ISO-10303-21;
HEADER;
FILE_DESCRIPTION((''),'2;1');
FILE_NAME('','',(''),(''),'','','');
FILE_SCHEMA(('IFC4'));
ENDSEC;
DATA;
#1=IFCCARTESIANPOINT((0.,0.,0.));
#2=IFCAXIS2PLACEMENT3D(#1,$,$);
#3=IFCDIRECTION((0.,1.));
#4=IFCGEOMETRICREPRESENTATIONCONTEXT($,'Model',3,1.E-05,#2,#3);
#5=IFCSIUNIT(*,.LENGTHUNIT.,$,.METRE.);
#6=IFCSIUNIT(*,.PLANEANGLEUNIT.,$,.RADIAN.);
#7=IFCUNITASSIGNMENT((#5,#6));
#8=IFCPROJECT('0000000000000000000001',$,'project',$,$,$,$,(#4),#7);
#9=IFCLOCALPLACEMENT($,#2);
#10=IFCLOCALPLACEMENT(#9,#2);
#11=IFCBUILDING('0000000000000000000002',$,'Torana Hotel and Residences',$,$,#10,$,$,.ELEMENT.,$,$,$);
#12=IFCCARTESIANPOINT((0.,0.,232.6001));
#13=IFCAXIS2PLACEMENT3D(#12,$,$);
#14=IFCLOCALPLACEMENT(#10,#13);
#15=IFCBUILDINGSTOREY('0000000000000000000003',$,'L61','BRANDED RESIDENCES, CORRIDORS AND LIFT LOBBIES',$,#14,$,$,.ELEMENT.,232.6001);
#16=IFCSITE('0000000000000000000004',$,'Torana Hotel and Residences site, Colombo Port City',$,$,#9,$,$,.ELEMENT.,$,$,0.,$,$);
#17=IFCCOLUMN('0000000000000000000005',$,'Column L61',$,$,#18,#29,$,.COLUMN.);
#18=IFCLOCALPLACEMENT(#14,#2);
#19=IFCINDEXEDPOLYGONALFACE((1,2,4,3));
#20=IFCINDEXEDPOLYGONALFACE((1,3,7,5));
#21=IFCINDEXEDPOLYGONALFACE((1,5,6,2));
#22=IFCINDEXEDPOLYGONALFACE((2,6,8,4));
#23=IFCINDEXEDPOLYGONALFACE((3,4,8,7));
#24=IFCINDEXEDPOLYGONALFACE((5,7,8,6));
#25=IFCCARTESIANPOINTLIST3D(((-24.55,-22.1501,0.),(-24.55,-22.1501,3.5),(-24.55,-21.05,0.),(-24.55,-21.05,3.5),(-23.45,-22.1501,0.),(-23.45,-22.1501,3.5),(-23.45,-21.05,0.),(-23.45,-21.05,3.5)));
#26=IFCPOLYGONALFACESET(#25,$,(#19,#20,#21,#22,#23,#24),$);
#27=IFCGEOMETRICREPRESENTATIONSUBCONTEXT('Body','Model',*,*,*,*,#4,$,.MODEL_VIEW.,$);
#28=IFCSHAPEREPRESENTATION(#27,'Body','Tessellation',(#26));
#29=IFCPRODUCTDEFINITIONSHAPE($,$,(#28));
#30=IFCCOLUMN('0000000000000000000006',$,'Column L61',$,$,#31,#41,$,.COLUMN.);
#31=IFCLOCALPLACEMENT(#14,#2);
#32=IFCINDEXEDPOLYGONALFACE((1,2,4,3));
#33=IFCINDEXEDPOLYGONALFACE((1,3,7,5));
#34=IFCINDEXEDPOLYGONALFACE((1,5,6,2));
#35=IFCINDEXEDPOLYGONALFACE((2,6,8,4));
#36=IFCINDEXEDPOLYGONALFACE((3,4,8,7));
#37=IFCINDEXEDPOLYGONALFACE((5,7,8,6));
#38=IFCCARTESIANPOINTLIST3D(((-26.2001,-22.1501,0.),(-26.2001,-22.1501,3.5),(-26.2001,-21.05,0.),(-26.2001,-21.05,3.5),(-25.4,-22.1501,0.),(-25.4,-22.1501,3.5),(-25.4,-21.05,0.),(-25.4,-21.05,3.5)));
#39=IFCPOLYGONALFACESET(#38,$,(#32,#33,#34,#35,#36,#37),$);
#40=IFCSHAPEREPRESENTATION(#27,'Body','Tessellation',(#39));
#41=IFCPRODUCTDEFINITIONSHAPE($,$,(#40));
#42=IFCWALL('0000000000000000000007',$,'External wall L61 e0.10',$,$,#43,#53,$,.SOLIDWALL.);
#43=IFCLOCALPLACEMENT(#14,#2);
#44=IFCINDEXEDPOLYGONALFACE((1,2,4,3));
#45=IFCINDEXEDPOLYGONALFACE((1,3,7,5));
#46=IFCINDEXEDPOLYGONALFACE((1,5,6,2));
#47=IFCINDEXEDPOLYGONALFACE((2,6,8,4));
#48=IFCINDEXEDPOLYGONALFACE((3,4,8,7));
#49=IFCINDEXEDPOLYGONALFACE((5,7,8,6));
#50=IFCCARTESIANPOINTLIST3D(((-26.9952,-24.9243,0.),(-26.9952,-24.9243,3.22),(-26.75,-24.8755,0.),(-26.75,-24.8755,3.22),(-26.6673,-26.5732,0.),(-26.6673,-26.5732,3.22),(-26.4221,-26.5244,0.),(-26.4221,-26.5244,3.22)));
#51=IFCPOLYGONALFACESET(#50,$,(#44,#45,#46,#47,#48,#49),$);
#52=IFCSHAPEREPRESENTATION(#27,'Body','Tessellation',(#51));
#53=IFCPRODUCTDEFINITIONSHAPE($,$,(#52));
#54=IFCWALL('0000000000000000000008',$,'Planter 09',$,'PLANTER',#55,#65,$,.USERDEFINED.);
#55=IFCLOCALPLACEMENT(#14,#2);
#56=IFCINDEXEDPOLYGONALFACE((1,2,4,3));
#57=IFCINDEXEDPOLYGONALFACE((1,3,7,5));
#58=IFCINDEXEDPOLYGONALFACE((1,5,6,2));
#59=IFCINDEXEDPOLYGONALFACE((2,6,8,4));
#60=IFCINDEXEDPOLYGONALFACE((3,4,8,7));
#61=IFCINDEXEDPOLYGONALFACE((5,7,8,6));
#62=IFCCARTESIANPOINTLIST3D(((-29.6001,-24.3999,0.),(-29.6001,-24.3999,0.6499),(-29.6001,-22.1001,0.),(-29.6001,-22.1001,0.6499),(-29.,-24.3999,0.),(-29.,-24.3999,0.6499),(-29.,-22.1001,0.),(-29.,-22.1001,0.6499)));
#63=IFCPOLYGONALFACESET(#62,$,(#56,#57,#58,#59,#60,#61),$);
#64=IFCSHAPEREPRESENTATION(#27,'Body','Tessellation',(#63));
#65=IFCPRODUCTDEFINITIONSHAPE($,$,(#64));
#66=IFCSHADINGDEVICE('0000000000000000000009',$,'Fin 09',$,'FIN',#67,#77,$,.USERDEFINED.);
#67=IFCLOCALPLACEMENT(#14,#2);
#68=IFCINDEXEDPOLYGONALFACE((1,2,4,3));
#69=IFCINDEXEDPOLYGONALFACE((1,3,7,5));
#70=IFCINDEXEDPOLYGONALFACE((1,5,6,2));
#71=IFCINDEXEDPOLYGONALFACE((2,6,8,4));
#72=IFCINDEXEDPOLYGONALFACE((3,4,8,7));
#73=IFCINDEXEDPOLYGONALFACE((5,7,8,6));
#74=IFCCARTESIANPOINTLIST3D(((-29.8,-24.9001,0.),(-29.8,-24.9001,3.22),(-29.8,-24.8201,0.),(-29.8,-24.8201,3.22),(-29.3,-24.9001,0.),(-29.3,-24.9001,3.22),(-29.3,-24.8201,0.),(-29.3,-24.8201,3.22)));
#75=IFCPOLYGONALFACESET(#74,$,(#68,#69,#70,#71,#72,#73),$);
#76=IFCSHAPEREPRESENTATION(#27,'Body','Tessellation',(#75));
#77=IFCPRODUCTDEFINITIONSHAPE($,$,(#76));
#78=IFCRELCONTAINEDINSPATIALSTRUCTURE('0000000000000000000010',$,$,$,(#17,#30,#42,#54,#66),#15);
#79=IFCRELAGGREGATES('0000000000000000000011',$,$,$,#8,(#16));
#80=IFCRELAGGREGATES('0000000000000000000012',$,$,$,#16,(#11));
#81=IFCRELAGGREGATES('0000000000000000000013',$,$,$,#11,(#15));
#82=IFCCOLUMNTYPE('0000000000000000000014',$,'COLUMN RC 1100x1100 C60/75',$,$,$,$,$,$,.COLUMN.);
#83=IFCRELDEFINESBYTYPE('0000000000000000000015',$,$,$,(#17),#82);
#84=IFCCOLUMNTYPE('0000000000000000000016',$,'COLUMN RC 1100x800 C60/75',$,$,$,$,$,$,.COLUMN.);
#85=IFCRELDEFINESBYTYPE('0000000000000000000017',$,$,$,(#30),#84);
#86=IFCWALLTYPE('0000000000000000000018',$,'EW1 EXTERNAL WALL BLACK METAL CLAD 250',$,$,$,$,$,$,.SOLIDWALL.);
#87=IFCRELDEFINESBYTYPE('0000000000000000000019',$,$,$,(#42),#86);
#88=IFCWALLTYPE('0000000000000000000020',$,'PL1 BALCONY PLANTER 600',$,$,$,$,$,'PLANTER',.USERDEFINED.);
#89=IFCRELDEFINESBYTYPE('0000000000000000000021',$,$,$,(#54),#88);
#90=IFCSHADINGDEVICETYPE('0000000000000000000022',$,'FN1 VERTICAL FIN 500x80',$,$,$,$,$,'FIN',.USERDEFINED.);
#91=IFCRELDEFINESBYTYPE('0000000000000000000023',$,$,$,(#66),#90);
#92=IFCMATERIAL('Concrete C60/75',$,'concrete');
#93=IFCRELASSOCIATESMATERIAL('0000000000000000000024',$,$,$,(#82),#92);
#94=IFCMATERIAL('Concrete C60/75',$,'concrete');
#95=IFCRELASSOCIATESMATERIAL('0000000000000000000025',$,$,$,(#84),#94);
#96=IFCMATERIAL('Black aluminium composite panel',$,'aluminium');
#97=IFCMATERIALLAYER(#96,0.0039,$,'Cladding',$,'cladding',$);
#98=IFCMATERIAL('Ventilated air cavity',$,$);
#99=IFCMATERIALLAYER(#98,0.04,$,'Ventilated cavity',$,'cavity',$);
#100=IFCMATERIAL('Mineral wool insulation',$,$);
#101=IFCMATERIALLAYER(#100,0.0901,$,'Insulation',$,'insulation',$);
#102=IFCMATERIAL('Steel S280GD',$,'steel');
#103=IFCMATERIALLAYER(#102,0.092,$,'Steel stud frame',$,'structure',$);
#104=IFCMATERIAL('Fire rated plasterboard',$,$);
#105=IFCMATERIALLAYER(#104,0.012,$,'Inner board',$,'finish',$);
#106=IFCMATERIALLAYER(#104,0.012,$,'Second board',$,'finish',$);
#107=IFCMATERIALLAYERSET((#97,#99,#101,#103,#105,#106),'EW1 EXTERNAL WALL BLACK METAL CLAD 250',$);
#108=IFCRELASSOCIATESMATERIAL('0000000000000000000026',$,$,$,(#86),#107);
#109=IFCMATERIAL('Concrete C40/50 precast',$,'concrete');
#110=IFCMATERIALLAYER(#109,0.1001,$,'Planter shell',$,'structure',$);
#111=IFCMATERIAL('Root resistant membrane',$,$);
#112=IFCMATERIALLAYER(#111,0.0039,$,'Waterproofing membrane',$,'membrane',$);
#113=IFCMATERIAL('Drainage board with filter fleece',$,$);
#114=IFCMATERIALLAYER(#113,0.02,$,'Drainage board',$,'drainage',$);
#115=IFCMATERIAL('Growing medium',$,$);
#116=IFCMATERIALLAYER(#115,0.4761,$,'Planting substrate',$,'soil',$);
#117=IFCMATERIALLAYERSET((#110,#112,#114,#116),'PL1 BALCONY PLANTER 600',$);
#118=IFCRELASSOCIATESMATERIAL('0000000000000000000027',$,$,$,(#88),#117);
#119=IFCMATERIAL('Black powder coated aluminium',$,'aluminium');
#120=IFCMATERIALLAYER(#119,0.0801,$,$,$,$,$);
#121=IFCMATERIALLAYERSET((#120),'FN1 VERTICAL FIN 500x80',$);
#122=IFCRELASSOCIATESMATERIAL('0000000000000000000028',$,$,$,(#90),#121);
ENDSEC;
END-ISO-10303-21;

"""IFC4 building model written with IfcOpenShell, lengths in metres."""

from ifc_helpers import new_model, si_unit, direction, frame, frame_2d, origin, origin_2d, place, context, subcontext, project, spatial, rectangle, extrude, material, layer, layer_set, material_profile, profile_set, type_object, element, save


model = new_model("IFC4")

# Units and contexts
model_context = context("Model", 3, precision=1e-05, world=origin(), true_north=direction((0.0, 1.0)))
body_context = subcontext(model_context, "Body", "Model", "MODEL_VIEW")
ifc_project = project(units=[si_unit("LENGTHUNIT", "METRE"), si_unit("PLANEANGLEUNIT", "RADIAN")], contexts=[model_context])

# Site, building, storey
site_placement = place(None, origin())
site = spatial("IfcSite", under=ifc_project, at=site_placement, Name="Torana Hotel and Residences site, Colombo Port City", CompositionType="ELEMENT", RefElevation=0.0)
building_placement = place(site_placement, origin())
building = spatial("IfcBuilding", under=site, at=building_placement, Name="Torana Hotel and Residences", CompositionType="ELEMENT")
storey_placement = place(building_placement, frame((0.0, 0.0, 232.6001)))
storey = spatial("IfcBuildingStorey", under=building, at=storey_placement, Name="L61", Description="BRANDED RESIDENCES, CORRIDORS AND LIFT LOBBIES", CompositionType="ELEMENT", Elevation=232.6001)

# Columns
ifc_material_1 = material(Name="Concrete C60/75", Category="concrete")
ifc_material_profile_1 = material_profile(ifc_material_1, rectangle(XDim=1.1001, YDim=1.1001, at=origin_2d()), Name="RC 1100x1100")
ifc_profile_set_1 = profile_set([ifc_material_profile_1], Name="Concrete C60/75")
column_type_1 = type_object("IfcColumnType", Name="COLUMN RC 1100x1100 C60/75", PredefinedType="COLUMN", material=ifc_profile_set_1)
column_1_placement = place(storey_placement, frame((-24.0, -21.6001, 0.0), z_axis=(0.0, 0.0, 1.0), x_axis=(1.0, 0.0, 0.0)))
element("IfcColumn", 1, at=column_1_placement, inside=storey, type_object=column_type_1, Name="Column L61", PredefinedType="COLUMN", context=body_context, shape_type="SweptSolid", body=[
    extrude(rectangle(XDim=1.1001, YDim=1.1001, at=origin_2d()), origin(), (0.0, 0.0, 1.0), 3.5),
])
ifc_material_2 = material(Name="Concrete C60/75", Category="concrete")
ifc_material_profile_2 = material_profile(ifc_material_2, rectangle(XDim=1.1001, YDim=0.8, at=origin_2d()), Name="RC 1100x800")
ifc_profile_set_2 = profile_set([ifc_material_profile_2], Name="Concrete C60/75")
column_type_2 = type_object("IfcColumnType", Name="COLUMN RC 1100x800 C60/75", PredefinedType="COLUMN", material=ifc_profile_set_2)
column_2_placement = place(storey_placement, frame((-25.8, -21.6001, 0.0), z_axis=(0.0, 0.0, 1.0), x_axis=(0.0, 1.0, 0.0)))
element("IfcColumn", 2, at=column_2_placement, inside=storey, type_object=column_type_2, Name="Column L61", PredefinedType="COLUMN", context=body_context, shape_type="SweptSolid", body=[
    extrude(rectangle(XDim=1.1001, YDim=0.8, at=origin_2d()), origin(), (0.0, 0.0, 1.0), 3.5),
])

# Walls
ifc_material_3 = material(Name="Black aluminium composite panel", Category="aluminium")
ifc_layer_1 = layer(ifc_material_3, 0.0039, Name="Cladding", Category="cladding")
ifc_material_4 = material(Name="Ventilated air cavity")
ifc_layer_2 = layer(ifc_material_4, 0.04, Name="Ventilated cavity", Category="cavity")
ifc_material_5 = material(Name="Mineral wool insulation")
ifc_layer_3 = layer(ifc_material_5, 0.0901, Name="Insulation", Category="insulation")
ifc_material_6 = material(Name="Steel S280GD", Category="steel")
ifc_layer_4 = layer(ifc_material_6, 0.092, Name="Steel stud frame", Category="structure")
ifc_material_7 = material(Name="Fire rated plasterboard")
ifc_layer_5 = layer(ifc_material_7, 0.012, Name="Inner board", Category="finish")
ifc_layer_6 = layer(ifc_material_7, 0.012, Name="Second board", Category="finish")
ifc_layer_set_1 = layer_set([ifc_layer_1, ifc_layer_2, ifc_layer_3, ifc_layer_4, ifc_layer_5, ifc_layer_6], Name="EW1 EXTERNAL WALL BLACK METAL CLAD 250")
wall_type_1 = type_object("IfcWallType", Name="EW1 EXTERNAL WALL BLACK METAL CLAD 250", PredefinedType="SOLIDWALL", material=ifc_layer_set_1)
wall_1_placement = place(storey_placement, frame((-26.8726, -24.8999, 0.0), z_axis=(0.0, 0.0, 1.0), x_axis=(0.195027, -0.980798, 0.0)))
element("IfcWall", 3, at=wall_1_placement, inside=storey, type_object=wall_type_1, Name="External wall L61 e0.10", PredefinedType="SOLIDWALL", context=body_context, shape_type="SweptSolid", body=[
    extrude(rectangle(XDim=1.6812, YDim=0.25, at=frame_2d((0.8406, 0.0))), origin(), (0.0, 0.0, 1.0), 3.22),
])
ifc_material_8 = material(Name="Concrete C40/50 precast", Category="concrete")
ifc_layer_7 = layer(ifc_material_8, 0.1001, Name="Planter shell", Category="structure")
ifc_material_9 = material(Name="Root resistant membrane")
ifc_layer_8 = layer(ifc_material_9, 0.0039, Name="Waterproofing membrane", Category="membrane")
ifc_material_10 = material(Name="Drainage board with filter fleece")
ifc_layer_9 = layer(ifc_material_10, 0.02, Name="Drainage board", Category="drainage")
ifc_material_11 = material(Name="Growing medium")
ifc_layer_10 = layer(ifc_material_11, 0.4761, Name="Planting substrate", Category="soil")
ifc_layer_set_2 = layer_set([ifc_layer_7, ifc_layer_8, ifc_layer_9, ifc_layer_10], Name="PL1 BALCONY PLANTER 600")
wall_type_2 = type_object("IfcWallType", Name="PL1 BALCONY PLANTER 600", ElementType="PLANTER", PredefinedType="USERDEFINED", material=ifc_layer_set_2)
wall_2_placement = place(storey_placement, frame((-29.3, -24.3999, 0.0), z_axis=(0.0, 0.0, 1.0), x_axis=(0.0, 1.0, 0.0)))
element("IfcWall", 4, at=wall_2_placement, inside=storey, type_object=wall_type_2, Name="Planter 09", ObjectType="PLANTER", PredefinedType="USERDEFINED", context=body_context, shape_type="SweptSolid", body=[
    extrude(rectangle(XDim=2.2998, YDim=0.6001, at=frame_2d((1.1499, 0.0))), origin(), (0.0, 0.0, 1.0), 0.6499),
])

# Shading device
ifc_material_12 = material(Name="Black powder coated aluminium", Category="aluminium")
ifc_layer_11 = layer(ifc_material_12, 0.0801)
ifc_layer_set_3 = layer_set([ifc_layer_11], Name="FN1 VERTICAL FIN 500x80")
shading_device_type = type_object("IfcShadingDeviceType", Name="FN1 VERTICAL FIN 500x80", ElementType="FIN", PredefinedType="USERDEFINED", material=ifc_layer_set_3)
shading_device_placement = place(storey_placement, frame((-29.55, -24.8601, 0.0), z_axis=(0.0, 0.0, 1.0), x_axis=(0.0, 1.0, 0.0)))
element("IfcShadingDevice", 5, at=shading_device_placement, inside=storey, type_object=shading_device_type, Name="Fin 09", ObjectType="FIN", PredefinedType="USERDEFINED", context=body_context, shape_type="SweptSolid", body=[
    extrude(rectangle(XDim=0.0801, YDim=0.5, at=origin_2d()), origin(), (0.0, 0.0, 1.0), 3.22),
])

save(model, "model.ifc")
